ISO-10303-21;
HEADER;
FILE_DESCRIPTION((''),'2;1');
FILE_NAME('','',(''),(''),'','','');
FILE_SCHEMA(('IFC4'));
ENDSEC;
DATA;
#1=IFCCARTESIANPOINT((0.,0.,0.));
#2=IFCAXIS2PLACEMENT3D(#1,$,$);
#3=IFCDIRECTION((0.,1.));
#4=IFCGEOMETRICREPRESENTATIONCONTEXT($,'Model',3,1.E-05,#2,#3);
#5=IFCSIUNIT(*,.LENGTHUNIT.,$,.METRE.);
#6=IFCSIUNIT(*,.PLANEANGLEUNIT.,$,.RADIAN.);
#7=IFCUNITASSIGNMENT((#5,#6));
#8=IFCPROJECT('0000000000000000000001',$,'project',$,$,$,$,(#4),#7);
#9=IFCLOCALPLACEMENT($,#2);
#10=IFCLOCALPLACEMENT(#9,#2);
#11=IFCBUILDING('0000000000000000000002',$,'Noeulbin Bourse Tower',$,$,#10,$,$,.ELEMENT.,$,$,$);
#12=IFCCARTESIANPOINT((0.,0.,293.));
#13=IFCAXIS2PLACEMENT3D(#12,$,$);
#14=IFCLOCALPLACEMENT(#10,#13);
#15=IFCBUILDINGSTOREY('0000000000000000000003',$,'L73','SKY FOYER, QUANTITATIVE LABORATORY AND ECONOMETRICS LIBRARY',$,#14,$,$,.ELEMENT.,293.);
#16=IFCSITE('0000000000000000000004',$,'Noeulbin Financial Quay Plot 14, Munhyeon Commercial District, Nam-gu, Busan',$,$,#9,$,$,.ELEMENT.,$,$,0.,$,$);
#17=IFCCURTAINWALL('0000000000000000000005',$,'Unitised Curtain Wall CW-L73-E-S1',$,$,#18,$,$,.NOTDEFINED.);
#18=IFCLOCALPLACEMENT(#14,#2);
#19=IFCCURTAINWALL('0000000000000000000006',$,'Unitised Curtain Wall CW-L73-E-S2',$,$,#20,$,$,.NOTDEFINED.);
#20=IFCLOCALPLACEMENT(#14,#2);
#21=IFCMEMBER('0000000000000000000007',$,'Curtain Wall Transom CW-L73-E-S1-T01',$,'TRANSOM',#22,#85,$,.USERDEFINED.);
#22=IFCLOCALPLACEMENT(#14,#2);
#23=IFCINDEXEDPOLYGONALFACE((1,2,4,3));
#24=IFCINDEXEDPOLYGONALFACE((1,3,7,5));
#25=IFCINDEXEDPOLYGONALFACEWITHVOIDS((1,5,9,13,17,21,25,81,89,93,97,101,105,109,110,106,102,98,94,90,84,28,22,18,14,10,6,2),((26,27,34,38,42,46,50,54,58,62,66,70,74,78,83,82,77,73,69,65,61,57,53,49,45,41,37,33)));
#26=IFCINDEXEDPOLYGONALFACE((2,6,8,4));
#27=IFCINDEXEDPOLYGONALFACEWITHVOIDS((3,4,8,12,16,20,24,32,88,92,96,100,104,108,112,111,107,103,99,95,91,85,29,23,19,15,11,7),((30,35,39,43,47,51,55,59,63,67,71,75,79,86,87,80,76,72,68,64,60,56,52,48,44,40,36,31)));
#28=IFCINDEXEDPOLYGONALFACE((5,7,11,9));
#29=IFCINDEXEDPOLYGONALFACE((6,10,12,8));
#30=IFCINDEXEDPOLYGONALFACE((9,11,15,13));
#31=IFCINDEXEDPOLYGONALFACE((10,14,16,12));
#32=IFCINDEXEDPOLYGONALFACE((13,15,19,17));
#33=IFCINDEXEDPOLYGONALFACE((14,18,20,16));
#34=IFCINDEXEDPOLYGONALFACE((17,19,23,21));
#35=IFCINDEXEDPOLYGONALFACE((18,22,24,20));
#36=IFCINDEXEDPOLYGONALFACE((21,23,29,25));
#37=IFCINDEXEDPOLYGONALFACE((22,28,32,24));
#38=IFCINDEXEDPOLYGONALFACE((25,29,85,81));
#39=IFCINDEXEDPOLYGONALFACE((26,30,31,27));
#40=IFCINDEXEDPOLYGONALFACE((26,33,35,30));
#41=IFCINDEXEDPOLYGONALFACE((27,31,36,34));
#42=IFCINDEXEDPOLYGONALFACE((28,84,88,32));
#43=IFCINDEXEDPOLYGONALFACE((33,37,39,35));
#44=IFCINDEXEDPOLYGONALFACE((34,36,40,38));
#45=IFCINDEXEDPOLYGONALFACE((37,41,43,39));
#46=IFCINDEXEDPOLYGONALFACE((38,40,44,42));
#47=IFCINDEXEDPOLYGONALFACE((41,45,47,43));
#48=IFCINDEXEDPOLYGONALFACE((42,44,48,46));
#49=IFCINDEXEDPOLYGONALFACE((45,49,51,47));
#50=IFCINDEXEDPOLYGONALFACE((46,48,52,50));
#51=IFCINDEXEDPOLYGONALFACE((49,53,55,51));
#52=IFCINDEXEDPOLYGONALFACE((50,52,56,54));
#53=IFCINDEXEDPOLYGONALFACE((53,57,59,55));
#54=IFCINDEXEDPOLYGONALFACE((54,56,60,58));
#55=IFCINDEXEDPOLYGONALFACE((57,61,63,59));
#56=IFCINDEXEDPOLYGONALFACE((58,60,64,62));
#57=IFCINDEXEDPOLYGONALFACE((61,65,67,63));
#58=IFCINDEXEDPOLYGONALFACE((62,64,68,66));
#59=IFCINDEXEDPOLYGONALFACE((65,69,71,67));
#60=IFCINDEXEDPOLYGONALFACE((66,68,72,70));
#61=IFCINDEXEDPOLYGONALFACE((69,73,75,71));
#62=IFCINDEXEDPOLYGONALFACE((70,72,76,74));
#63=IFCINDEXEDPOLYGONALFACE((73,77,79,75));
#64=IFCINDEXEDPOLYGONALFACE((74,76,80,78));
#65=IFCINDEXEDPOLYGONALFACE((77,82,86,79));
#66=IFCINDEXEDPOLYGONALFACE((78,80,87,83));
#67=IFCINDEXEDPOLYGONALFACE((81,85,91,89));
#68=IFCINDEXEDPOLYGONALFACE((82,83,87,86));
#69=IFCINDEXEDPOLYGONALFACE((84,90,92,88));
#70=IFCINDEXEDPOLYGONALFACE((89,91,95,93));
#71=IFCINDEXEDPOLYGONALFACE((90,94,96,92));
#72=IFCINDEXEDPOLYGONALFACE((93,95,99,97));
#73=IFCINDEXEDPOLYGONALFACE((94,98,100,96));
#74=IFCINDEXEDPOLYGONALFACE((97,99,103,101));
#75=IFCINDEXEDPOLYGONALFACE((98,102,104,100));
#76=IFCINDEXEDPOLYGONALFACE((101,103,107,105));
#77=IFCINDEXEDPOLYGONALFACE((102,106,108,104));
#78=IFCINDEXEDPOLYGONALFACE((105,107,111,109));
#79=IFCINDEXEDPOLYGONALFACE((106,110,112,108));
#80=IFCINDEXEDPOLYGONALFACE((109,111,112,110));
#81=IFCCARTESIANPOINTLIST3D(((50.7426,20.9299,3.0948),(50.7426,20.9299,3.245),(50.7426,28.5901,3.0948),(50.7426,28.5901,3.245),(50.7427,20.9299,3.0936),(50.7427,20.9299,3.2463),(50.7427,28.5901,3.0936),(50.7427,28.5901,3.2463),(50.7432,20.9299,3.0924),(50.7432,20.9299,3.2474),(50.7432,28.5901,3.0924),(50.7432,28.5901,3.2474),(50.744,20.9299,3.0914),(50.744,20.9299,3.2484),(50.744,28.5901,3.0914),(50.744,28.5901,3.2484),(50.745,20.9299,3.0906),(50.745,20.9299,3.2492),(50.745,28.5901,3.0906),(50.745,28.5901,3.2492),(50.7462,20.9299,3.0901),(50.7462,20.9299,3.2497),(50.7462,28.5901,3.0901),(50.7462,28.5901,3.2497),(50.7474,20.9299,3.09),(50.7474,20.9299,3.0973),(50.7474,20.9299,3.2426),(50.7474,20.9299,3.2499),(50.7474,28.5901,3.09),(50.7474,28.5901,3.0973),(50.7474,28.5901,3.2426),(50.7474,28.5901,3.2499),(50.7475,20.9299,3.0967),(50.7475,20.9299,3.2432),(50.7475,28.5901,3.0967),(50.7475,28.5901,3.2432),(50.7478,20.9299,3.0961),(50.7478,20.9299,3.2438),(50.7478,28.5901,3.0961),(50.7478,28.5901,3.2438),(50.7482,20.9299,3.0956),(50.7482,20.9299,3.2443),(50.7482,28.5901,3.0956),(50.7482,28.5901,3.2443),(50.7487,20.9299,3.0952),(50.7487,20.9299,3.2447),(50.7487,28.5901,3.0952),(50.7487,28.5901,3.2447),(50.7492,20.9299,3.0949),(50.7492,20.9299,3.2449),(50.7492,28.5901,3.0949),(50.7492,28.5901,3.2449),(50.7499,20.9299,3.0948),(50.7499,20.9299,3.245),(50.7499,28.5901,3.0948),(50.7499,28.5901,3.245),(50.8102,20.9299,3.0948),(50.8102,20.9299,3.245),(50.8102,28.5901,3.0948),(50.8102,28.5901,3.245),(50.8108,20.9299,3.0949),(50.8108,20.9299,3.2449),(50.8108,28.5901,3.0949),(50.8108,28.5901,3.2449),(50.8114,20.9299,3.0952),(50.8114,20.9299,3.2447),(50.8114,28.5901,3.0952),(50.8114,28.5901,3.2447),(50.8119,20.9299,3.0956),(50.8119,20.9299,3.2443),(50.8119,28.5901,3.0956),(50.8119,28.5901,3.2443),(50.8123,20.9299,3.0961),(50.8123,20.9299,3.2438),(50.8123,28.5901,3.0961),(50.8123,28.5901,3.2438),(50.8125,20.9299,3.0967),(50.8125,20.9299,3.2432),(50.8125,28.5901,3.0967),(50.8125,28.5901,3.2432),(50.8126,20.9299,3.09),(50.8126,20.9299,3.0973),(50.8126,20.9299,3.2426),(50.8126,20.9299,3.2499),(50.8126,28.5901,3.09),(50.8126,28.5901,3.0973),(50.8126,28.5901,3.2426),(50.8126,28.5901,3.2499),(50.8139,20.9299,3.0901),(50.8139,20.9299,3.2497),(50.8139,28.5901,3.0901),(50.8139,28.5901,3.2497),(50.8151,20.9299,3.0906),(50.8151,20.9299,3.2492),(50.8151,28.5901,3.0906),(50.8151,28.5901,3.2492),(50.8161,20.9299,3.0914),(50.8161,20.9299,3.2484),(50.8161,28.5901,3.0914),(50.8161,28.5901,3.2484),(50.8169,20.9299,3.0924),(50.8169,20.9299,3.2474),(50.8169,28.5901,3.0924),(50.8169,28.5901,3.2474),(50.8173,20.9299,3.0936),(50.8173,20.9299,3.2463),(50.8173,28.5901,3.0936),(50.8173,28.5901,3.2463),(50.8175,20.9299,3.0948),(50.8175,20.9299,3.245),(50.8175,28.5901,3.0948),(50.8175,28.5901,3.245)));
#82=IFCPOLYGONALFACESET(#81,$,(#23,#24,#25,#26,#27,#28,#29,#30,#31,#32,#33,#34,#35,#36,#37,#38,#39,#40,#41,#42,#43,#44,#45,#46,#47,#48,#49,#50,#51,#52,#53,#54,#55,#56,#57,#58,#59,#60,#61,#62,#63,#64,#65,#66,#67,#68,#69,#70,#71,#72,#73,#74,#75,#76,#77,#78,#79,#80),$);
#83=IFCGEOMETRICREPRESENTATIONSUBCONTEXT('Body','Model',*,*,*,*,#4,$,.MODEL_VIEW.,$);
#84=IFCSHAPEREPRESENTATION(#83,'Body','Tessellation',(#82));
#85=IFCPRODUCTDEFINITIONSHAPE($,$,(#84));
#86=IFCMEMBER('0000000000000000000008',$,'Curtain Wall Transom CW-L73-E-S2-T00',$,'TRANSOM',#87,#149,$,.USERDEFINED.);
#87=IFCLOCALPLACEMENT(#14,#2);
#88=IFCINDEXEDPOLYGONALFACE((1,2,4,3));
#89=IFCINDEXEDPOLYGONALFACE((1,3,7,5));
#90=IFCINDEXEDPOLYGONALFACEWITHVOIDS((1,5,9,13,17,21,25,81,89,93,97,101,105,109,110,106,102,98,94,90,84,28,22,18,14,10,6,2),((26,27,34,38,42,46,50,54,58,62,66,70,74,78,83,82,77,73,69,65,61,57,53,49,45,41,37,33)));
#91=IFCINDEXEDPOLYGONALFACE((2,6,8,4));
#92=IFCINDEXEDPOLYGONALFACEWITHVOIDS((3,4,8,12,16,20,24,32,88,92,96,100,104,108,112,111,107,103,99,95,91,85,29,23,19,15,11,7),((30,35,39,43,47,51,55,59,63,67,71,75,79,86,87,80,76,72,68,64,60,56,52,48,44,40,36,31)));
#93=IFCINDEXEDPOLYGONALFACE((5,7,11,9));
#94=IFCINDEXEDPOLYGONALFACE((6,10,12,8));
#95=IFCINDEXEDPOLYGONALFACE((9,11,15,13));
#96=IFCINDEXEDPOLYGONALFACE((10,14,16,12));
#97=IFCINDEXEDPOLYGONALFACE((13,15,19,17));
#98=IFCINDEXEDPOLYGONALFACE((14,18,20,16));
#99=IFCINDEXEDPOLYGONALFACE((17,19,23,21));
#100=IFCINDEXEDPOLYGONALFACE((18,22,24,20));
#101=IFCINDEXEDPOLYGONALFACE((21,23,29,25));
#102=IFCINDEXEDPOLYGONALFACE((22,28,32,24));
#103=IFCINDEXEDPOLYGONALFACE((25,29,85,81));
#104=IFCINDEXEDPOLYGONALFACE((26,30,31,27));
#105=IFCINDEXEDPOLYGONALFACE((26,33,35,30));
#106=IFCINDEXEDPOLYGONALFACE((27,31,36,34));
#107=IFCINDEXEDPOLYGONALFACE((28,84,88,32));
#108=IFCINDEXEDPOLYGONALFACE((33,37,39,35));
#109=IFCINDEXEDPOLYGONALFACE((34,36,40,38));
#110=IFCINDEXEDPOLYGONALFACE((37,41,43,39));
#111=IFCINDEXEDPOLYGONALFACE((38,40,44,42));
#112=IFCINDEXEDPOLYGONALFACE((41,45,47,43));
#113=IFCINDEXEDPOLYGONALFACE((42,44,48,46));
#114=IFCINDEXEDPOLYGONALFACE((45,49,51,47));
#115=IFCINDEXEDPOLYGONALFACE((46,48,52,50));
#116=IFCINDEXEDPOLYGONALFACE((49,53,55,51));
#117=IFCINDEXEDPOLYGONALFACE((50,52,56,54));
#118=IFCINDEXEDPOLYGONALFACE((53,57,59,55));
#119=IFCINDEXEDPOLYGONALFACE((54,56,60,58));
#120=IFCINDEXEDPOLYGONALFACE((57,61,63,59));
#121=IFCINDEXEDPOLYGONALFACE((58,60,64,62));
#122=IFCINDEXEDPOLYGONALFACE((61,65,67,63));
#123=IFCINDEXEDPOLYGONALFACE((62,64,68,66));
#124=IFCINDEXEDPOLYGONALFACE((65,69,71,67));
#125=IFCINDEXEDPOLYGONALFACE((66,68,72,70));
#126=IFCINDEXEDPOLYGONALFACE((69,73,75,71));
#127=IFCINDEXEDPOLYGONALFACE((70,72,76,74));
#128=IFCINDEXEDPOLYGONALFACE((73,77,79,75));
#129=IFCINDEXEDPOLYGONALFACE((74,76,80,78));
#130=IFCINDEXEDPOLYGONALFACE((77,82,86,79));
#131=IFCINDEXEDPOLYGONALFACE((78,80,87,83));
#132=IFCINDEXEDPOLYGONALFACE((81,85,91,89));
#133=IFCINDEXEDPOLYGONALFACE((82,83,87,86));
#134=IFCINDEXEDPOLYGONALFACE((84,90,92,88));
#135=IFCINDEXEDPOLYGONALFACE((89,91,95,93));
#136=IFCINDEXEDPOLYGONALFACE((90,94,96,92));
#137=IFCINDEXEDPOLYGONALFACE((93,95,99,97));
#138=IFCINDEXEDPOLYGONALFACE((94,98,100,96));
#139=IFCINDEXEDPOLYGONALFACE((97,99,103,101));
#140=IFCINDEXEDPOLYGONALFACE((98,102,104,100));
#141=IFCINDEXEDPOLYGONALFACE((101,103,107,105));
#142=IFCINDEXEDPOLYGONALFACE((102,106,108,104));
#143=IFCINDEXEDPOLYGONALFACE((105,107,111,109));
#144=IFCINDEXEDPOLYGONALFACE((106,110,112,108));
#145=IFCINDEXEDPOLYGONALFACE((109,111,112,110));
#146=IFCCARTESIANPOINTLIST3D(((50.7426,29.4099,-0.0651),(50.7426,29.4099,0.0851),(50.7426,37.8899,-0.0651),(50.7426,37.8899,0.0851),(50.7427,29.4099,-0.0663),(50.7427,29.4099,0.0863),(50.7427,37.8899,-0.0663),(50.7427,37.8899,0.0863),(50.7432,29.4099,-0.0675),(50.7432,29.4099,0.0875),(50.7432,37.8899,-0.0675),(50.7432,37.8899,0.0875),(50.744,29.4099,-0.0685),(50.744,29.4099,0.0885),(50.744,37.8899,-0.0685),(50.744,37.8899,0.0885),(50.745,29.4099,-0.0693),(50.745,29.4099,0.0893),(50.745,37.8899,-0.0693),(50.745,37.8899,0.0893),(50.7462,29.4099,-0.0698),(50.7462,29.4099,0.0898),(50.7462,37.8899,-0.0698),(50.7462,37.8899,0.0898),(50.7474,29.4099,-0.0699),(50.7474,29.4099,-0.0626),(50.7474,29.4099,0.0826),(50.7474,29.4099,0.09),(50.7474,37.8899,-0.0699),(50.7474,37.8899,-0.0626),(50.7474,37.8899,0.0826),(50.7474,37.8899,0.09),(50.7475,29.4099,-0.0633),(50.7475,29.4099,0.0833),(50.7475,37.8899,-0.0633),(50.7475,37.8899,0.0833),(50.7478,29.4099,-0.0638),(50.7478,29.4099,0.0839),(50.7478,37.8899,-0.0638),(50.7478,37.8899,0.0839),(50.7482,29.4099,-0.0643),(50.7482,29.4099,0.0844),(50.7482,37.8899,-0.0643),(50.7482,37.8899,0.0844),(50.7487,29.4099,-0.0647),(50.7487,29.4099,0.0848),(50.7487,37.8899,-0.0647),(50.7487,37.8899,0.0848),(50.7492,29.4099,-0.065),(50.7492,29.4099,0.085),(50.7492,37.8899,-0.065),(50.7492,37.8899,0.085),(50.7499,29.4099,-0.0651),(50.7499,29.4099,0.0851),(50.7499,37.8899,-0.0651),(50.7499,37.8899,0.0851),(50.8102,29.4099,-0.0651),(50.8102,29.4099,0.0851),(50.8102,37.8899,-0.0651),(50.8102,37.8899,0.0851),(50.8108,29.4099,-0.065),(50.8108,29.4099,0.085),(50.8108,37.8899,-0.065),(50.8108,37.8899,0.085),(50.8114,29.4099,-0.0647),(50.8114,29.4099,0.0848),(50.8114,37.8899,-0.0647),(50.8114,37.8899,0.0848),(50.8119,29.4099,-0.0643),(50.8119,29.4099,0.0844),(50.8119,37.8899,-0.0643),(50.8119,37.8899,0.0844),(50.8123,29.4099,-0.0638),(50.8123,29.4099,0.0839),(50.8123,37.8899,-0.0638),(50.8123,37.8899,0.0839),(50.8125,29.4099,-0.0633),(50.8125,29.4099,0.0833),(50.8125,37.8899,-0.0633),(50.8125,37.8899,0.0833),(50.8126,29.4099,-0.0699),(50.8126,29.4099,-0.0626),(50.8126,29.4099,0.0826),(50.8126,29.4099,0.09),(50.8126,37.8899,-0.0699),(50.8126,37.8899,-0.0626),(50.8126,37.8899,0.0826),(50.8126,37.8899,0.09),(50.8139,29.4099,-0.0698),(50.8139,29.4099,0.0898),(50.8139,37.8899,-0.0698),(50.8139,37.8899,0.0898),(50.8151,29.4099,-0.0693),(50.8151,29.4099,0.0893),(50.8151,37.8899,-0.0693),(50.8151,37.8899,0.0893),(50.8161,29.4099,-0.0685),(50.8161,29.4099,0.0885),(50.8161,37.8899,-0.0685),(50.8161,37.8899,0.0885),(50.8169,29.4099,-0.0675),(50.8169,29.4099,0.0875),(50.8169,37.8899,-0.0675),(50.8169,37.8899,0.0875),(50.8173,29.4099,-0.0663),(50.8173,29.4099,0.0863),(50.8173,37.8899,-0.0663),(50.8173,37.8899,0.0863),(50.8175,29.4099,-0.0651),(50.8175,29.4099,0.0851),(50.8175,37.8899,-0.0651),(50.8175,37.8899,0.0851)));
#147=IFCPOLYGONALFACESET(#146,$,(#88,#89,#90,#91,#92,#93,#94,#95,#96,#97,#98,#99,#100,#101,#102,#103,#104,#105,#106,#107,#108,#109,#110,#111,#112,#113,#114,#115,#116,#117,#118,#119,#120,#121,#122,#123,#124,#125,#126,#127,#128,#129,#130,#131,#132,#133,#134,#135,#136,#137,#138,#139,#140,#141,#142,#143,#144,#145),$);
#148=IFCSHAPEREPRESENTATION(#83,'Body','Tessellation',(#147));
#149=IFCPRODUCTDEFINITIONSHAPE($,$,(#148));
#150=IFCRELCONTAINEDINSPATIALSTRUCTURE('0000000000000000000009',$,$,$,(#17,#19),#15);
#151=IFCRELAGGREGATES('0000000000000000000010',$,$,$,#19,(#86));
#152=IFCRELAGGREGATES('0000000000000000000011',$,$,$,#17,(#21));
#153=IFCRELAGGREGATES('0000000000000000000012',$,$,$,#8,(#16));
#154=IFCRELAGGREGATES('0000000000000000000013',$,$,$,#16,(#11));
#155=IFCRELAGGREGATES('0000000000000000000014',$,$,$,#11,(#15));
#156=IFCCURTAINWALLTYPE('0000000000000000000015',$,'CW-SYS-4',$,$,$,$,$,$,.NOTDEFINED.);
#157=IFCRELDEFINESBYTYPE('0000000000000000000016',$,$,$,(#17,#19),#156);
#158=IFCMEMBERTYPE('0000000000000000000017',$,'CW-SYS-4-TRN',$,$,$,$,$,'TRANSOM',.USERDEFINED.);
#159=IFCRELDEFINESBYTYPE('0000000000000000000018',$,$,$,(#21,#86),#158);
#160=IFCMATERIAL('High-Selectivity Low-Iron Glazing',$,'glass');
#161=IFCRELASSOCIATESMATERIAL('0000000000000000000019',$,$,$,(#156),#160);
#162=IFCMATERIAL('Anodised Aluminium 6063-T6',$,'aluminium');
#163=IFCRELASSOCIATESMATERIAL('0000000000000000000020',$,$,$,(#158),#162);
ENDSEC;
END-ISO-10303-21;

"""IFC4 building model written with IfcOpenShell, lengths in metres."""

from ifc_helpers import new_model, si_unit, direction, frame, origin, origin_2d, place, context, subcontext, project, spatial, hollow_rectangle, extrude, material, material_profile, profile_set, type_object, element, aggregate, save


model = new_model("IFC4")

# Units and contexts
model_context = context("Model", 3, precision=1e-05, world=origin(), true_north=direction((0.0, 1.0)))
body_context = subcontext(model_context, "Body", "Model", "MODEL_VIEW")
ifc_project = project(units=[si_unit("LENGTHUNIT", "METRE"), si_unit("PLANEANGLEUNIT", "RADIAN")], contexts=[model_context])

# Site, building, storey
site_placement = place(None, origin())
site = spatial("IfcSite", under=ifc_project, at=site_placement, Name="Noeulbin Financial Quay Plot 14, Munhyeon Commercial District, Nam-gu, Busan", CompositionType="ELEMENT", RefElevation=0.0)
building_placement = place(site_placement, origin())
building = spatial("IfcBuilding", under=site, at=building_placement, Name="Noeulbin Bourse Tower", CompositionType="ELEMENT")
storey_placement = place(building_placement, frame((0.0, 0.0, 293.0)))
storey = spatial("IfcBuildingStorey", under=building, at=storey_placement, Name="L73", Description="SKY FOYER, QUANTITATIVE LABORATORY AND ECONOMETRICS LIBRARY", CompositionType="ELEMENT", Elevation=293.0)

# Curtain wall
ifc_material_1 = material(Name="High-Selectivity Low-Iron Glazing", Category="glass")
curtain_wall_type = type_object("IfcCurtainWallType", Name="CW-SYS-4", PredefinedType="NOTDEFINED", material=ifc_material_1)
ifc_material_2 = material(Name="Anodised Aluminium 6063-T6", Category="aluminium")
curtain_wall_1_placement = place(storey_placement, origin())
curtain_wall_1 = element("IfcCurtainWall", 1, at=curtain_wall_1_placement, inside=storey, type_object=curtain_wall_type, Name="Unitised Curtain Wall CW-L73-E-S1", PredefinedType="NOTDEFINED")

# Curtain wall
curtain_wall_2_placement = place(storey_placement, origin())
curtain_wall_2 = element("IfcCurtainWall", 2, at=curtain_wall_2_placement, inside=storey, type_object=curtain_wall_type, Name="Unitised Curtain Wall CW-L73-E-S2", PredefinedType="NOTDEFINED")

# Members
ifc_material_profile_1 = material_profile(ifc_material_2, hollow_rectangle(XDim=0.075, YDim=0.1599, WallThickness=0.0049, InnerFilletRadius=0.0024, OuterFilletRadius=0.0049, at=origin_2d()), Name="ALU-TRAN-75x160x5", Category="LoadBearing")
ifc_profile_set_1 = profile_set([ifc_material_profile_1], Name="Anodised Aluminium 6063-T6")
member_type_1 = type_object("IfcMemberType", Name="CW-SYS-4-TRN", ElementType="TRANSOM", PredefinedType="USERDEFINED", material=ifc_profile_set_1)
member_1_placement = place(storey_placement, frame((50.78, 20.9299, 3.1699), z_axis=(0.0, 1.0, 0.0), x_axis=(-1.0, 0.0, 0.0)))
member_1 = element("IfcMember", 3, at=member_1_placement, type_object=member_type_1, Name="Curtain Wall Transom CW-L73-E-S1-T01", ObjectType="TRANSOM", PredefinedType="USERDEFINED", context=body_context, shape_type="SweptSolid", body=[
    extrude(hollow_rectangle(XDim=0.075, YDim=0.1599, WallThickness=0.0049, InnerFilletRadius=0.0024, OuterFilletRadius=0.0049, at=origin_2d()), origin(), (0.0, 0.0, 1.0), 7.6602),
])
member_2_placement = place(storey_placement, frame((50.78, 29.4099, 0.01), z_axis=(0.0, 1.0, 0.0), x_axis=(-1.0, 0.0, 0.0)))
member_2 = element("IfcMember", 4, at=member_2_placement, type_object=member_type_1, Name="Curtain Wall Transom CW-L73-E-S2-T00", ObjectType="TRANSOM", PredefinedType="USERDEFINED", context=body_context, shape_type="SweptSolid", body=[
    extrude(hollow_rectangle(XDim=0.075, YDim=0.1599, WallThickness=0.0049, InnerFilletRadius=0.0024, OuterFilletRadius=0.0049, at=origin_2d()), origin(), (0.0, 0.0, 1.0), 8.48),
])
aggregate(curtain_wall_2, [member_2])

aggregate(curtain_wall_1, [member_1])

save(model, "model.ifc")
